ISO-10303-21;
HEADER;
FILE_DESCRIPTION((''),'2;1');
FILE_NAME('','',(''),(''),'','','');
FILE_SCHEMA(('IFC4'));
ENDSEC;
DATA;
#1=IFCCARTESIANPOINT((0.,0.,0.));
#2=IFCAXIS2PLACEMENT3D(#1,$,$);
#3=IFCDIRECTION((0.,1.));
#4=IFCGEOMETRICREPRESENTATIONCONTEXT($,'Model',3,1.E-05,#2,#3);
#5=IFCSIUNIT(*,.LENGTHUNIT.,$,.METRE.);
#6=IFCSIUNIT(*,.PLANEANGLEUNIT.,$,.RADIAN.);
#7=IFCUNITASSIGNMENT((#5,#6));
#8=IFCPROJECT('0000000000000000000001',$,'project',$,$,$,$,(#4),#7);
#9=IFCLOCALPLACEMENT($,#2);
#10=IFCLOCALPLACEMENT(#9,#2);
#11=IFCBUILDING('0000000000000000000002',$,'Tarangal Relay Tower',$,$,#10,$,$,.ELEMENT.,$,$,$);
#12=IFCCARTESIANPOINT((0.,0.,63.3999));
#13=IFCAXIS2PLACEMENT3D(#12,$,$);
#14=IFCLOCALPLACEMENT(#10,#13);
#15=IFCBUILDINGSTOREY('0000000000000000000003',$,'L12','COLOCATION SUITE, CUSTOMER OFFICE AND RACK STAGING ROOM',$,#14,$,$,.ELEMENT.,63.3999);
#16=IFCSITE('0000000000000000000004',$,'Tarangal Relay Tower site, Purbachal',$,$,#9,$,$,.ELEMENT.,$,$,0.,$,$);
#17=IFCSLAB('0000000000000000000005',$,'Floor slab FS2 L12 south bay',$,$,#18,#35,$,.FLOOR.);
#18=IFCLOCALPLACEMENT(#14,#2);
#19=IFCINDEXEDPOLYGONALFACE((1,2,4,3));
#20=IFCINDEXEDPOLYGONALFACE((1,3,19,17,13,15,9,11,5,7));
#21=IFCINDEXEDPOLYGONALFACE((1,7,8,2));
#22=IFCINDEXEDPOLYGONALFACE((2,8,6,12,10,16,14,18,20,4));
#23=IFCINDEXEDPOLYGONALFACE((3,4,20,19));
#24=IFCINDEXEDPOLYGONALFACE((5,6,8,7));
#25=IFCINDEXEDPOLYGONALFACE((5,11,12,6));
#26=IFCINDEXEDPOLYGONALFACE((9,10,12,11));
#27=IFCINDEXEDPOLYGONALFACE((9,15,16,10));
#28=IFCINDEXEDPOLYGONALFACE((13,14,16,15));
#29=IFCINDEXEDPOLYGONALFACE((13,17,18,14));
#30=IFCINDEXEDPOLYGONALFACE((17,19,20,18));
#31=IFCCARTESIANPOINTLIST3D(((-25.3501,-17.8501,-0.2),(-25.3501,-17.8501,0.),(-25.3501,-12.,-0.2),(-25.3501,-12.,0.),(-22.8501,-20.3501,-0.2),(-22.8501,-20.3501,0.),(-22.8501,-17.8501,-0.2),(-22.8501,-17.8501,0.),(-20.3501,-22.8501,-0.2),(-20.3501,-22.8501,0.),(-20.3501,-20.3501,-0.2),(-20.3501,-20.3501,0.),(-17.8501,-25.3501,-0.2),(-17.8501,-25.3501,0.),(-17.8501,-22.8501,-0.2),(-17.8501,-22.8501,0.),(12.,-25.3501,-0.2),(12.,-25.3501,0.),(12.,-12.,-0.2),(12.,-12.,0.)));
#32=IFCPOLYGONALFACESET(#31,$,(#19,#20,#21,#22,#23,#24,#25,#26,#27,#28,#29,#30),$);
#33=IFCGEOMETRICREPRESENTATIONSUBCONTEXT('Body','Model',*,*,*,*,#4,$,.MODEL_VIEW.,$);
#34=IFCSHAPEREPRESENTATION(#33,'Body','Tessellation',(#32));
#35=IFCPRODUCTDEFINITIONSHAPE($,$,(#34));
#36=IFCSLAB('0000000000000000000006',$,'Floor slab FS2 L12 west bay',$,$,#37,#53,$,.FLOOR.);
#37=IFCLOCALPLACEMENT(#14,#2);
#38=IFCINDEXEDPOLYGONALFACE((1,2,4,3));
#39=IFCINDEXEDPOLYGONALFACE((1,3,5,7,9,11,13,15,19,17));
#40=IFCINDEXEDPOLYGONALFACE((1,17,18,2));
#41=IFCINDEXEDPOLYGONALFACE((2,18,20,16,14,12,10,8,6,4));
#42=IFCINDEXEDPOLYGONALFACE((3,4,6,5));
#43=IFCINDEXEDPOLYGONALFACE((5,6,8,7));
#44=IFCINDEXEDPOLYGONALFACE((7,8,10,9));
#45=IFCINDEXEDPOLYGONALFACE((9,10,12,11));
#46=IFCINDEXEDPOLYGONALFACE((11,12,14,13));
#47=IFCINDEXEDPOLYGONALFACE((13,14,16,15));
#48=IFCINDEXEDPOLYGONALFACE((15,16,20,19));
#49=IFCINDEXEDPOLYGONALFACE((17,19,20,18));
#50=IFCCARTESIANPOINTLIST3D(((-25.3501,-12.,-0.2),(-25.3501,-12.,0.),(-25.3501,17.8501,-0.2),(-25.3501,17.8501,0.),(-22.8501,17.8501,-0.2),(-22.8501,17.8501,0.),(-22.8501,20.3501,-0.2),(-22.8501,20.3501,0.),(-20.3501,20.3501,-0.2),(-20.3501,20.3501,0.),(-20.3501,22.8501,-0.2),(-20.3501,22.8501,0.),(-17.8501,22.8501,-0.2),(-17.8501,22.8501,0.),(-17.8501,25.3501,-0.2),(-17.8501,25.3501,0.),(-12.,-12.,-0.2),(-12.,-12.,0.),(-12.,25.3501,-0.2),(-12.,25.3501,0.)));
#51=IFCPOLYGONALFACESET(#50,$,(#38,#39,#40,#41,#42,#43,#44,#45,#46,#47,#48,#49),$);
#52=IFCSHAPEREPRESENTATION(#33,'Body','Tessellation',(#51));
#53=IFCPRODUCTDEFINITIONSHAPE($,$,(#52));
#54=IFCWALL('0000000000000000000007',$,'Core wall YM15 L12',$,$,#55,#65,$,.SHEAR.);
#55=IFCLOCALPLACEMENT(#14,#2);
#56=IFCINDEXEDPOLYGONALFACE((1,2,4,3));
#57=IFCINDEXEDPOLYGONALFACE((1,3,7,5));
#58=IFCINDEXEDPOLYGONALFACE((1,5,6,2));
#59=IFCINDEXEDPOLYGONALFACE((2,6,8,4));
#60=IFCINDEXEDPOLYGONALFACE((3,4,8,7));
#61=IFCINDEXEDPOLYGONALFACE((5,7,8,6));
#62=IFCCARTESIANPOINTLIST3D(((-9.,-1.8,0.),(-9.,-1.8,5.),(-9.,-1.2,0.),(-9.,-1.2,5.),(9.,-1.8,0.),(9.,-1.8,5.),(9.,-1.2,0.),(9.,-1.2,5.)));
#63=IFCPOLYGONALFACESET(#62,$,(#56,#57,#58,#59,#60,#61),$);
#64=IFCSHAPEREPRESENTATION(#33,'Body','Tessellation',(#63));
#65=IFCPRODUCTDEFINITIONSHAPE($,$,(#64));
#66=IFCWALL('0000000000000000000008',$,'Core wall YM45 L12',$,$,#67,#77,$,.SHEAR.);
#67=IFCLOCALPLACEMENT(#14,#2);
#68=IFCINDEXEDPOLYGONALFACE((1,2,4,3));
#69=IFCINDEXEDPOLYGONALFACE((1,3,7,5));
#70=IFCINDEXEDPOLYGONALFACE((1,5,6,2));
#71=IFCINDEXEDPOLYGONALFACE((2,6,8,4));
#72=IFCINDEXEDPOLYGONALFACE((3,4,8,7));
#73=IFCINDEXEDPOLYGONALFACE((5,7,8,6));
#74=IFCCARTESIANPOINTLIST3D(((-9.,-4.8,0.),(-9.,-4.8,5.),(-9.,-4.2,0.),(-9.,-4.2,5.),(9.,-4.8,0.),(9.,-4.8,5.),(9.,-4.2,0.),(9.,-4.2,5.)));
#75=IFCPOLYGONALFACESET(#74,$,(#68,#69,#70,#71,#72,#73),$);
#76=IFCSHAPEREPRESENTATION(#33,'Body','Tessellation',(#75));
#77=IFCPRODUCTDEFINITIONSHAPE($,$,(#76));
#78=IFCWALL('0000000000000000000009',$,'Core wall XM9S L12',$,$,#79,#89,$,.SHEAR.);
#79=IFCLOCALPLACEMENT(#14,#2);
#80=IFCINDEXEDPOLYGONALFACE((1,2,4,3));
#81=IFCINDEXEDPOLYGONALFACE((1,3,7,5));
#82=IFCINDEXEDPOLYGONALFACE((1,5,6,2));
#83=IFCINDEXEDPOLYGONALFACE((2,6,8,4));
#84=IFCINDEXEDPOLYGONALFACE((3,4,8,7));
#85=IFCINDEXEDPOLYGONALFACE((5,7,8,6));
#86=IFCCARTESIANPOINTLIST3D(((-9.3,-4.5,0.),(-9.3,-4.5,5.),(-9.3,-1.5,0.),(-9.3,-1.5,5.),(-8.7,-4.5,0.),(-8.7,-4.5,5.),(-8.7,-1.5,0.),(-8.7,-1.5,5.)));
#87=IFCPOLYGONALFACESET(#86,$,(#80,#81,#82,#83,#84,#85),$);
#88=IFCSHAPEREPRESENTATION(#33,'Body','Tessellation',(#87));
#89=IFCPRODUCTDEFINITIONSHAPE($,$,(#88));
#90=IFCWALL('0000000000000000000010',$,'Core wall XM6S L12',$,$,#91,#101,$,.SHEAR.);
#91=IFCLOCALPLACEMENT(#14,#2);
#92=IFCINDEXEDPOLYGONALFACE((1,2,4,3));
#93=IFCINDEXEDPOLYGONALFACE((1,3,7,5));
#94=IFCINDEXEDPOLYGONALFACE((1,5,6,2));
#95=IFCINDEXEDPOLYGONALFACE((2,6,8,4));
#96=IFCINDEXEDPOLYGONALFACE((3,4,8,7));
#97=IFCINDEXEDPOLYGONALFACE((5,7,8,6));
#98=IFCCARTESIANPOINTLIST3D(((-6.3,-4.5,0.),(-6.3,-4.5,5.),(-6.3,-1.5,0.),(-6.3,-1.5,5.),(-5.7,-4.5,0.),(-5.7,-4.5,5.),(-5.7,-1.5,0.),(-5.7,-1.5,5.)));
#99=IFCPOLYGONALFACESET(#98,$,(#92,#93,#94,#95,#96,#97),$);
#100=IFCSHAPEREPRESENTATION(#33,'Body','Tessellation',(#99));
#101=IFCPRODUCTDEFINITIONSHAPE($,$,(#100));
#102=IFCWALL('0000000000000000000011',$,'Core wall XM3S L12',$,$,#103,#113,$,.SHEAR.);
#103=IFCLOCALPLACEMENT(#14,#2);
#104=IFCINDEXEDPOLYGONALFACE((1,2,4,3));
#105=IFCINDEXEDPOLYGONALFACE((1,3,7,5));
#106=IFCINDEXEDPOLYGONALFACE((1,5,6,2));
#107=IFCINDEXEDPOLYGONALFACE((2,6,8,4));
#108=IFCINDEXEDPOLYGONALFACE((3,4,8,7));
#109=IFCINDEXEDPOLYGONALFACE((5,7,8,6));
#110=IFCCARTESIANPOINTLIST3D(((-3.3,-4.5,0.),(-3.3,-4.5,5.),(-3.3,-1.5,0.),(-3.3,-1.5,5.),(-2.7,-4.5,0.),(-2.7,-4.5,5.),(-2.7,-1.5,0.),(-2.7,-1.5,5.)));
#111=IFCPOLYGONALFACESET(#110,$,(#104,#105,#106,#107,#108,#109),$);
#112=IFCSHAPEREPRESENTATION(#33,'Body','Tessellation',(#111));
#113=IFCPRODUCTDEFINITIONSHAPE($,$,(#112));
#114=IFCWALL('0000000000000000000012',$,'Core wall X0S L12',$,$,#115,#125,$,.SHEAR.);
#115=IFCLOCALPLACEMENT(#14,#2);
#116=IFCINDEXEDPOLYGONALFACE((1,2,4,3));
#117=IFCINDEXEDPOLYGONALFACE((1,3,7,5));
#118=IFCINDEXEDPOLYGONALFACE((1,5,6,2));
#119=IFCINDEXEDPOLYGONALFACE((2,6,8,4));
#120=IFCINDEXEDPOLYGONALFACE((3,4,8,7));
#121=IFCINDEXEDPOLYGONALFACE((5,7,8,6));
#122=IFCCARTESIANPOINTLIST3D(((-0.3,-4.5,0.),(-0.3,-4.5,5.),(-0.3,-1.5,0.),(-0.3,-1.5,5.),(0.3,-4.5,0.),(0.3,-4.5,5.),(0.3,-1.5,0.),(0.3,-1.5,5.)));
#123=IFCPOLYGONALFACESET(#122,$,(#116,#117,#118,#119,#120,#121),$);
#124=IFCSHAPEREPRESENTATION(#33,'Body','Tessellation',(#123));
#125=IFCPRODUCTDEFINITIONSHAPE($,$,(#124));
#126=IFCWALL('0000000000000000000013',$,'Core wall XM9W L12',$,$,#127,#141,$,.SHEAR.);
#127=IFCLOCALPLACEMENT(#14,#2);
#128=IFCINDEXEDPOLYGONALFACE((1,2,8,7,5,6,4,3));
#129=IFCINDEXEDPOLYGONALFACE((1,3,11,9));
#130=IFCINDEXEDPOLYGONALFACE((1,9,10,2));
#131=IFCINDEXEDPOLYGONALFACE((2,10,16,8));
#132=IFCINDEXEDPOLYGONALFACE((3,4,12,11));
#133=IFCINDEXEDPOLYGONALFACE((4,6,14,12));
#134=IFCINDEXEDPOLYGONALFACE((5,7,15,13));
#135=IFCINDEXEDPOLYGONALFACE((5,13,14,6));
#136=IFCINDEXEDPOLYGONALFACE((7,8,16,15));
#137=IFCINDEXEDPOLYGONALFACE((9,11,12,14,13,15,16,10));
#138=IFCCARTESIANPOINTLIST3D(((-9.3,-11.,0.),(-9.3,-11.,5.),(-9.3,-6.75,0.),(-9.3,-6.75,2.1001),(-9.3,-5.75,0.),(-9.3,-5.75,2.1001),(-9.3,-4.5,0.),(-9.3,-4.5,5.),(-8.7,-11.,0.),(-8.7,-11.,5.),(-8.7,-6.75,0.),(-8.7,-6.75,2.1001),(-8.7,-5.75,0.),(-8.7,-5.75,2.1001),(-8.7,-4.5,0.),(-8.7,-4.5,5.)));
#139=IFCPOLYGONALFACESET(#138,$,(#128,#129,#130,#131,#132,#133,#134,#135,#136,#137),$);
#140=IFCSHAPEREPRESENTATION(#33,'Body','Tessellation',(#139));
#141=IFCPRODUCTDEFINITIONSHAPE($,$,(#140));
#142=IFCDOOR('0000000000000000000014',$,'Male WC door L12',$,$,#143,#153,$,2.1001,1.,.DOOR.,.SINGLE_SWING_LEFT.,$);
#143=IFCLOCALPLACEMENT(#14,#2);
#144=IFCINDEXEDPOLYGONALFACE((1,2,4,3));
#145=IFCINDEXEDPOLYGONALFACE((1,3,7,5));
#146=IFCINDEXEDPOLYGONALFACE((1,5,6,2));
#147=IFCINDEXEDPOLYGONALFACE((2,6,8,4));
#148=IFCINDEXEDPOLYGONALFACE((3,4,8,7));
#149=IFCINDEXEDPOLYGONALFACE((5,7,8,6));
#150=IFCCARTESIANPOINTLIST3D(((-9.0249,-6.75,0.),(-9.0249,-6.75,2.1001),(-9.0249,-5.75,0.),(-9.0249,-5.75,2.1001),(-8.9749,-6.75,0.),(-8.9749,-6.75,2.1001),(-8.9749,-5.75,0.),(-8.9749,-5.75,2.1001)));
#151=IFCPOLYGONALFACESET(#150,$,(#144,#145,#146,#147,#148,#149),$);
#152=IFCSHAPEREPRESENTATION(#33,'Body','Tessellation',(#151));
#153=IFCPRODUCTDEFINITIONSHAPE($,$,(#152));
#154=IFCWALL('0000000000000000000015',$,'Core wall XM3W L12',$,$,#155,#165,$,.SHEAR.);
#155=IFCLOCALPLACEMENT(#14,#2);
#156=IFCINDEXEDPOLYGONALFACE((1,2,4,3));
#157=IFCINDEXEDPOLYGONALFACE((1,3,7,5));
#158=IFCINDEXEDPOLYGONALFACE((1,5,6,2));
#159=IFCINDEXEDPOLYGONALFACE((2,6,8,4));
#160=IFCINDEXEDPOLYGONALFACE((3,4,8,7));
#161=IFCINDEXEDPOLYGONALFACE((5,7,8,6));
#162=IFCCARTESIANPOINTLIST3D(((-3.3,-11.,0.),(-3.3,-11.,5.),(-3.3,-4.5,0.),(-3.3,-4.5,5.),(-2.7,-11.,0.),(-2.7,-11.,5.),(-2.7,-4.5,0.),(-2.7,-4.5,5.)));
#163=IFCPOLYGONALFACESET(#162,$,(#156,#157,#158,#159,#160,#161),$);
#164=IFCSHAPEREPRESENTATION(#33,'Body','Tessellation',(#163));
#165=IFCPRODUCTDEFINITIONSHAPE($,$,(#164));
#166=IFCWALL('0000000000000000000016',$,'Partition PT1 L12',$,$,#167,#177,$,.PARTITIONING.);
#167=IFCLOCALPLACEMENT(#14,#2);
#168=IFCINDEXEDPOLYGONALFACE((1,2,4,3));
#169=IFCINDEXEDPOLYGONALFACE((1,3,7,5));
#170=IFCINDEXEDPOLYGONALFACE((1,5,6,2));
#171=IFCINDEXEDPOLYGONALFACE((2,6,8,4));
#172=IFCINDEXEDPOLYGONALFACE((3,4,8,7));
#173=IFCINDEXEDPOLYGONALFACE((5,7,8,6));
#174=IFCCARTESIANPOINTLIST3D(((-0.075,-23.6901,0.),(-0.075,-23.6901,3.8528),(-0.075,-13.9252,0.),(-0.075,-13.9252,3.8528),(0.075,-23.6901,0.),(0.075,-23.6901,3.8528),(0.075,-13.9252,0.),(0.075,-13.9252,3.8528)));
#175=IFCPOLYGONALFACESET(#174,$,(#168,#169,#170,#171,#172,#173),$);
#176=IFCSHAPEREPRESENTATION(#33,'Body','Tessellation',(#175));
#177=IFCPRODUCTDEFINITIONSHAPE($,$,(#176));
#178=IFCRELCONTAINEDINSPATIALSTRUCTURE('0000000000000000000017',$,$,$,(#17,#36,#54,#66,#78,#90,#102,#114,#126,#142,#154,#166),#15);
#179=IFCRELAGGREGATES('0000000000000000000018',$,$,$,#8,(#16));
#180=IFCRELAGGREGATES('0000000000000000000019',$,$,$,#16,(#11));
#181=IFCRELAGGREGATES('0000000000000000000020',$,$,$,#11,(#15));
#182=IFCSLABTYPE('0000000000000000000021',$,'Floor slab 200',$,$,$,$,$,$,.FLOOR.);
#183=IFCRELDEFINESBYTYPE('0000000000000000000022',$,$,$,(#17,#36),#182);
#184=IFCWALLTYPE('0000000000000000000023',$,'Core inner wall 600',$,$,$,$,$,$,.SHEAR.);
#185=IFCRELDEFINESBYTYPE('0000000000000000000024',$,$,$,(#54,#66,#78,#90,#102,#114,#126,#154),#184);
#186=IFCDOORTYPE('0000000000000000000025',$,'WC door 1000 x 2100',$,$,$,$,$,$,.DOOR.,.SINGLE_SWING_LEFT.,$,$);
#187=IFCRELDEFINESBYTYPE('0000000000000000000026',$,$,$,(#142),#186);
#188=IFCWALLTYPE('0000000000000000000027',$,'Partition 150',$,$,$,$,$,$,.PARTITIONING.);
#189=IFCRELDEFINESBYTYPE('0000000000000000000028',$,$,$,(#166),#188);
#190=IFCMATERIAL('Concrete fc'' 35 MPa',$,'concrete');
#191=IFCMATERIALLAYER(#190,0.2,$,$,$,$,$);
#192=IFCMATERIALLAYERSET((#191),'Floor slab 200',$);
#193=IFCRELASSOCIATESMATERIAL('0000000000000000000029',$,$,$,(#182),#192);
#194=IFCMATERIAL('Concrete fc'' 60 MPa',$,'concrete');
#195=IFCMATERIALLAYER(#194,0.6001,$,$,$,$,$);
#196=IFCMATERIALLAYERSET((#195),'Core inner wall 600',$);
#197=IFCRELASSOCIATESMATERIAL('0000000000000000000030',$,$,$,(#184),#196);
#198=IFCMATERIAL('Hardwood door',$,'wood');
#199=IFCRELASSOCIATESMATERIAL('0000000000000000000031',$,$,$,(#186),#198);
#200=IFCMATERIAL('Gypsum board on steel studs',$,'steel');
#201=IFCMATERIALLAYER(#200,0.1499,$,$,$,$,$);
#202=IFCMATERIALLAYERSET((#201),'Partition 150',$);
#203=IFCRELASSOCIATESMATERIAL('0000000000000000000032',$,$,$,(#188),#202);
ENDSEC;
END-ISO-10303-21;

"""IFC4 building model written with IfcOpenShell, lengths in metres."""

from ifc_helpers import new_model, si_unit, direction, frame, frame_2d, origin, place, context, subcontext, project, spatial, polyline, rectangle, outline, extrude, material, layer, layer_set, type_object, element, fill, save


model = new_model("IFC4")

# Units and contexts
model_context = context("Model", 3, precision=1e-05, world=origin(), true_north=direction((0.0, 1.0)))
body_context = subcontext(model_context, "Body", "Model", "MODEL_VIEW")
ifc_project = project(units=[si_unit("LENGTHUNIT", "METRE"), si_unit("PLANEANGLEUNIT", "RADIAN")], contexts=[model_context])

# Site, building, storey
site_placement = place(None, origin())
site = spatial("IfcSite", under=ifc_project, at=site_placement, Name="Tarangal Relay Tower site, Purbachal", CompositionType="ELEMENT", RefElevation=0.0)
building_placement = place(site_placement, origin())
building = spatial("IfcBuilding", under=site, at=building_placement, Name="Tarangal Relay Tower", CompositionType="ELEMENT")
storey_placement = place(building_placement, frame((0.0, 0.0, 63.3999)))
storey = spatial("IfcBuildingStorey", under=building, at=storey_placement, Name="L12", Description="COLOCATION SUITE, CUSTOMER OFFICE AND RACK STAGING ROOM", CompositionType="ELEMENT", Elevation=63.3999)

# Slabs
ifc_material_1 = material(Name="Concrete fc' 35 MPa", Category="concrete")
ifc_layer_1 = layer(ifc_material_1, 0.2)
ifc_layer_set_1 = layer_set([ifc_layer_1], Name="Floor slab 200")
slab_type = type_object("IfcSlabType", Name="Floor slab 200", PredefinedType="FLOOR", material=ifc_layer_set_1)
slab_1_placement = place(storey_placement, frame((0.0, 0.0, -0.2)))
element("IfcSlab", 1, at=slab_1_placement, inside=storey, type_object=slab_type, Name="Floor slab FS2 L12 south bay", PredefinedType="FLOOR", context=body_context, shape_type="SweptSolid", body=[
    extrude(outline(polyline([(-17.8501, -25.3501), (-17.8501, -22.8501), (-20.3501, -22.8501), (-20.3501, -20.3501), (-22.8501, -20.3501), (-22.8501, -17.8501), (-25.3501, -17.8501), (-25.3501, -12.0), (12.0, -12.0), (12.0, -25.3501), (-17.8501, -25.3501)])), origin(), (0.0, 0.0, 1.0), 0.2),
])
slab_2_placement = place(storey_placement, frame((0.0, 0.0, -0.2)))
element("IfcSlab", 2, at=slab_2_placement, inside=storey, type_object=slab_type, Name="Floor slab FS2 L12 west bay", PredefinedType="FLOOR", context=body_context, shape_type="SweptSolid", body=[
    extrude(outline(polyline([(-12.0, 25.3501), (-12.0, -12.0), (-25.3501, -12.0), (-25.3501, 17.8501), (-22.8501, 17.8501), (-22.8501, 20.3501), (-20.3501, 20.3501), (-20.3501, 22.8501), (-17.8501, 22.8501), (-17.8501, 25.3501), (-12.0, 25.3501)])), origin(), (0.0, 0.0, 1.0), 0.2),
])

# Walls
ifc_material_2 = material(Name="Concrete fc' 60 MPa", Category="concrete")
ifc_layer_2 = layer(ifc_material_2, 0.6001)
ifc_layer_set_2 = layer_set([ifc_layer_2], Name="Core inner wall 600")
wall_type_1 = type_object("IfcWallType", Name="Core inner wall 600", PredefinedType="SHEAR", material=ifc_layer_set_2)
for number, where, z_axis, x_axis, name in (
    (3, (-9.0, -1.5, 0.0), (0.0, 0.0, 1.0), (1.0, 0.0, 0.0), "Core wall YM15 L12"),
    (4, (-9.0, -4.5, 0.0), (0.0, 0.0, 1.0), (1.0, 0.0, 0.0), "Core wall YM45 L12"),
):
    element("IfcWall", number, at=place(storey_placement, frame(where, z_axis=z_axis, x_axis=x_axis)), inside=storey, type_object=wall_type_1, Name=name, PredefinedType="SHEAR", context=body_context, shape_type="SweptSolid", body=[
        extrude(rectangle(XDim=18.0, YDim=0.6001, at=frame_2d((9.0, 0.0))), origin(), (0.0, 0.0, 1.0), 5.0),
    ])
for number, where, z_axis, x_axis, name in (
    (5, (-9.0, -4.5, 0.0), (0.0, 0.0, 1.0), (0.0, 1.0, 0.0), "Core wall XM9S L12"),
    (6, (-6.0, -4.5, 0.0), (0.0, 0.0, 1.0), (0.0, 1.0, 0.0), "Core wall XM6S L12"),
    (7, (-3.0, -4.5, 0.0), (0.0, 0.0, 1.0), (0.0, 1.0, 0.0), "Core wall XM3S L12"),
    (8, (0.0, -4.5, 0.0), (0.0, 0.0, 1.0), (0.0, 1.0, 0.0), "Core wall X0S L12"),
):
    element("IfcWall", number, at=place(storey_placement, frame(where, z_axis=z_axis, x_axis=x_axis)), inside=storey, type_object=wall_type_1, Name=name, PredefinedType="SHEAR", context=body_context, shape_type="SweptSolid", body=[
        extrude(rectangle(XDim=3.0, YDim=0.6001, at=frame_2d((1.5, 0.0))), origin(), (0.0, 0.0, 1.0), 5.0),
    ])

# Wall, opening, door
wall_1_placement = place(storey_placement, frame((-9.0, -11.0, 0.0), z_axis=(0.0, 0.0, 1.0), x_axis=(0.0, 1.0, 0.0)))
wall_1 = element("IfcWall", 9, at=wall_1_placement, inside=storey, type_object=wall_type_1, Name="Core wall XM9W L12", PredefinedType="SHEAR", context=body_context, shape_type="SweptSolid", body=[
    extrude(rectangle(XDim=6.5, YDim=0.6001, at=frame_2d((3.25, 0.0))), origin(), (0.0, 0.0, 1.0), 5.0),
])
opening_1_placement = place(wall_1_placement, frame((4.25, 0.0, 0.0)))
opening_1 = element("IfcOpeningElement", 10, at=opening_1_placement, cuts=wall_1, PredefinedType="OPENING", context=body_context, shape_type="SweptSolid", body=[
    extrude(rectangle(XDim=1.0, YDim=2.1001, at=frame_2d((0.5, 1.05))), frame((0.0, 0.3101, 0.0), z_axis=(0.0, -1.0, 0.0), x_axis=(1.0, 0.0, 0.0)), (0.0, 0.0, 1.0), 0.6201),
])
ifc_material_3 = material(Name="Hardwood door", Category="wood")
door_type_1 = type_object("IfcDoorType", Name="WC door 1000 x 2100", OperationType="SINGLE_SWING_LEFT", PredefinedType="DOOR", material=ifc_material_3)
door_1_placement = place(opening_1_placement, origin())
door_1 = element("IfcDoor", 11, at=door_1_placement, inside=storey, type_object=door_type_1, Name="Male WC door L12", OperationType="SINGLE_SWING_LEFT", OverallHeight=2.1001, OverallWidth=1.0, PredefinedType="DOOR", context=body_context, shape_type="SweptSolid", body=[
    extrude(rectangle(XDim=1.0, YDim=2.1001, at=frame_2d((0.5, 1.05))), frame((0.0, 0.0249, 0.0), z_axis=(0.0, -1.0, 0.0), x_axis=(1.0, 0.0, 0.0)), (0.0, 0.0, 1.0), 0.05),
])
fill(opening_1, door_1)

# Walls
wall_2_placement = place(storey_placement, frame((-3.0, -11.0, 0.0), z_axis=(0.0, 0.0, 1.0), x_axis=(0.0, 1.0, 0.0)))
element("IfcWall", 12, at=wall_2_placement, inside=storey, type_object=wall_type_1, Name="Core wall XM3W L12", PredefinedType="SHEAR", context=body_context, shape_type="SweptSolid", body=[
    extrude(rectangle(XDim=6.5, YDim=0.6001, at=frame_2d((3.25, 0.0))), origin(), (0.0, 0.0, 1.0), 5.0),
])
ifc_material_4 = material(Name="Gypsum board on steel studs", Category="steel")
ifc_layer_3 = layer(ifc_material_4, 0.1499)
ifc_layer_set_3 = layer_set([ifc_layer_3], Name="Partition 150")
wall_type_2 = type_object("IfcWallType", Name="Partition 150", PredefinedType="PARTITIONING", material=ifc_layer_set_3)
wall_3_placement = place(storey_placement, frame((0.0, -23.6899, 0.0), z_axis=(0.0, 0.0, 1.0), x_axis=(0.0, 1.0, 0.0)))
element("IfcWall", 13, at=wall_3_placement, inside=storey, type_object=wall_type_2, Name="Partition PT1 L12", PredefinedType="PARTITIONING", context=body_context, shape_type="SweptSolid", body=[
    extrude(rectangle(XDim=9.7649, YDim=0.1499, at=frame_2d((4.8823, 0.0))), origin(), (0.0, 0.0, 1.0), 3.8528),
])

save(model, "model.ifc")
